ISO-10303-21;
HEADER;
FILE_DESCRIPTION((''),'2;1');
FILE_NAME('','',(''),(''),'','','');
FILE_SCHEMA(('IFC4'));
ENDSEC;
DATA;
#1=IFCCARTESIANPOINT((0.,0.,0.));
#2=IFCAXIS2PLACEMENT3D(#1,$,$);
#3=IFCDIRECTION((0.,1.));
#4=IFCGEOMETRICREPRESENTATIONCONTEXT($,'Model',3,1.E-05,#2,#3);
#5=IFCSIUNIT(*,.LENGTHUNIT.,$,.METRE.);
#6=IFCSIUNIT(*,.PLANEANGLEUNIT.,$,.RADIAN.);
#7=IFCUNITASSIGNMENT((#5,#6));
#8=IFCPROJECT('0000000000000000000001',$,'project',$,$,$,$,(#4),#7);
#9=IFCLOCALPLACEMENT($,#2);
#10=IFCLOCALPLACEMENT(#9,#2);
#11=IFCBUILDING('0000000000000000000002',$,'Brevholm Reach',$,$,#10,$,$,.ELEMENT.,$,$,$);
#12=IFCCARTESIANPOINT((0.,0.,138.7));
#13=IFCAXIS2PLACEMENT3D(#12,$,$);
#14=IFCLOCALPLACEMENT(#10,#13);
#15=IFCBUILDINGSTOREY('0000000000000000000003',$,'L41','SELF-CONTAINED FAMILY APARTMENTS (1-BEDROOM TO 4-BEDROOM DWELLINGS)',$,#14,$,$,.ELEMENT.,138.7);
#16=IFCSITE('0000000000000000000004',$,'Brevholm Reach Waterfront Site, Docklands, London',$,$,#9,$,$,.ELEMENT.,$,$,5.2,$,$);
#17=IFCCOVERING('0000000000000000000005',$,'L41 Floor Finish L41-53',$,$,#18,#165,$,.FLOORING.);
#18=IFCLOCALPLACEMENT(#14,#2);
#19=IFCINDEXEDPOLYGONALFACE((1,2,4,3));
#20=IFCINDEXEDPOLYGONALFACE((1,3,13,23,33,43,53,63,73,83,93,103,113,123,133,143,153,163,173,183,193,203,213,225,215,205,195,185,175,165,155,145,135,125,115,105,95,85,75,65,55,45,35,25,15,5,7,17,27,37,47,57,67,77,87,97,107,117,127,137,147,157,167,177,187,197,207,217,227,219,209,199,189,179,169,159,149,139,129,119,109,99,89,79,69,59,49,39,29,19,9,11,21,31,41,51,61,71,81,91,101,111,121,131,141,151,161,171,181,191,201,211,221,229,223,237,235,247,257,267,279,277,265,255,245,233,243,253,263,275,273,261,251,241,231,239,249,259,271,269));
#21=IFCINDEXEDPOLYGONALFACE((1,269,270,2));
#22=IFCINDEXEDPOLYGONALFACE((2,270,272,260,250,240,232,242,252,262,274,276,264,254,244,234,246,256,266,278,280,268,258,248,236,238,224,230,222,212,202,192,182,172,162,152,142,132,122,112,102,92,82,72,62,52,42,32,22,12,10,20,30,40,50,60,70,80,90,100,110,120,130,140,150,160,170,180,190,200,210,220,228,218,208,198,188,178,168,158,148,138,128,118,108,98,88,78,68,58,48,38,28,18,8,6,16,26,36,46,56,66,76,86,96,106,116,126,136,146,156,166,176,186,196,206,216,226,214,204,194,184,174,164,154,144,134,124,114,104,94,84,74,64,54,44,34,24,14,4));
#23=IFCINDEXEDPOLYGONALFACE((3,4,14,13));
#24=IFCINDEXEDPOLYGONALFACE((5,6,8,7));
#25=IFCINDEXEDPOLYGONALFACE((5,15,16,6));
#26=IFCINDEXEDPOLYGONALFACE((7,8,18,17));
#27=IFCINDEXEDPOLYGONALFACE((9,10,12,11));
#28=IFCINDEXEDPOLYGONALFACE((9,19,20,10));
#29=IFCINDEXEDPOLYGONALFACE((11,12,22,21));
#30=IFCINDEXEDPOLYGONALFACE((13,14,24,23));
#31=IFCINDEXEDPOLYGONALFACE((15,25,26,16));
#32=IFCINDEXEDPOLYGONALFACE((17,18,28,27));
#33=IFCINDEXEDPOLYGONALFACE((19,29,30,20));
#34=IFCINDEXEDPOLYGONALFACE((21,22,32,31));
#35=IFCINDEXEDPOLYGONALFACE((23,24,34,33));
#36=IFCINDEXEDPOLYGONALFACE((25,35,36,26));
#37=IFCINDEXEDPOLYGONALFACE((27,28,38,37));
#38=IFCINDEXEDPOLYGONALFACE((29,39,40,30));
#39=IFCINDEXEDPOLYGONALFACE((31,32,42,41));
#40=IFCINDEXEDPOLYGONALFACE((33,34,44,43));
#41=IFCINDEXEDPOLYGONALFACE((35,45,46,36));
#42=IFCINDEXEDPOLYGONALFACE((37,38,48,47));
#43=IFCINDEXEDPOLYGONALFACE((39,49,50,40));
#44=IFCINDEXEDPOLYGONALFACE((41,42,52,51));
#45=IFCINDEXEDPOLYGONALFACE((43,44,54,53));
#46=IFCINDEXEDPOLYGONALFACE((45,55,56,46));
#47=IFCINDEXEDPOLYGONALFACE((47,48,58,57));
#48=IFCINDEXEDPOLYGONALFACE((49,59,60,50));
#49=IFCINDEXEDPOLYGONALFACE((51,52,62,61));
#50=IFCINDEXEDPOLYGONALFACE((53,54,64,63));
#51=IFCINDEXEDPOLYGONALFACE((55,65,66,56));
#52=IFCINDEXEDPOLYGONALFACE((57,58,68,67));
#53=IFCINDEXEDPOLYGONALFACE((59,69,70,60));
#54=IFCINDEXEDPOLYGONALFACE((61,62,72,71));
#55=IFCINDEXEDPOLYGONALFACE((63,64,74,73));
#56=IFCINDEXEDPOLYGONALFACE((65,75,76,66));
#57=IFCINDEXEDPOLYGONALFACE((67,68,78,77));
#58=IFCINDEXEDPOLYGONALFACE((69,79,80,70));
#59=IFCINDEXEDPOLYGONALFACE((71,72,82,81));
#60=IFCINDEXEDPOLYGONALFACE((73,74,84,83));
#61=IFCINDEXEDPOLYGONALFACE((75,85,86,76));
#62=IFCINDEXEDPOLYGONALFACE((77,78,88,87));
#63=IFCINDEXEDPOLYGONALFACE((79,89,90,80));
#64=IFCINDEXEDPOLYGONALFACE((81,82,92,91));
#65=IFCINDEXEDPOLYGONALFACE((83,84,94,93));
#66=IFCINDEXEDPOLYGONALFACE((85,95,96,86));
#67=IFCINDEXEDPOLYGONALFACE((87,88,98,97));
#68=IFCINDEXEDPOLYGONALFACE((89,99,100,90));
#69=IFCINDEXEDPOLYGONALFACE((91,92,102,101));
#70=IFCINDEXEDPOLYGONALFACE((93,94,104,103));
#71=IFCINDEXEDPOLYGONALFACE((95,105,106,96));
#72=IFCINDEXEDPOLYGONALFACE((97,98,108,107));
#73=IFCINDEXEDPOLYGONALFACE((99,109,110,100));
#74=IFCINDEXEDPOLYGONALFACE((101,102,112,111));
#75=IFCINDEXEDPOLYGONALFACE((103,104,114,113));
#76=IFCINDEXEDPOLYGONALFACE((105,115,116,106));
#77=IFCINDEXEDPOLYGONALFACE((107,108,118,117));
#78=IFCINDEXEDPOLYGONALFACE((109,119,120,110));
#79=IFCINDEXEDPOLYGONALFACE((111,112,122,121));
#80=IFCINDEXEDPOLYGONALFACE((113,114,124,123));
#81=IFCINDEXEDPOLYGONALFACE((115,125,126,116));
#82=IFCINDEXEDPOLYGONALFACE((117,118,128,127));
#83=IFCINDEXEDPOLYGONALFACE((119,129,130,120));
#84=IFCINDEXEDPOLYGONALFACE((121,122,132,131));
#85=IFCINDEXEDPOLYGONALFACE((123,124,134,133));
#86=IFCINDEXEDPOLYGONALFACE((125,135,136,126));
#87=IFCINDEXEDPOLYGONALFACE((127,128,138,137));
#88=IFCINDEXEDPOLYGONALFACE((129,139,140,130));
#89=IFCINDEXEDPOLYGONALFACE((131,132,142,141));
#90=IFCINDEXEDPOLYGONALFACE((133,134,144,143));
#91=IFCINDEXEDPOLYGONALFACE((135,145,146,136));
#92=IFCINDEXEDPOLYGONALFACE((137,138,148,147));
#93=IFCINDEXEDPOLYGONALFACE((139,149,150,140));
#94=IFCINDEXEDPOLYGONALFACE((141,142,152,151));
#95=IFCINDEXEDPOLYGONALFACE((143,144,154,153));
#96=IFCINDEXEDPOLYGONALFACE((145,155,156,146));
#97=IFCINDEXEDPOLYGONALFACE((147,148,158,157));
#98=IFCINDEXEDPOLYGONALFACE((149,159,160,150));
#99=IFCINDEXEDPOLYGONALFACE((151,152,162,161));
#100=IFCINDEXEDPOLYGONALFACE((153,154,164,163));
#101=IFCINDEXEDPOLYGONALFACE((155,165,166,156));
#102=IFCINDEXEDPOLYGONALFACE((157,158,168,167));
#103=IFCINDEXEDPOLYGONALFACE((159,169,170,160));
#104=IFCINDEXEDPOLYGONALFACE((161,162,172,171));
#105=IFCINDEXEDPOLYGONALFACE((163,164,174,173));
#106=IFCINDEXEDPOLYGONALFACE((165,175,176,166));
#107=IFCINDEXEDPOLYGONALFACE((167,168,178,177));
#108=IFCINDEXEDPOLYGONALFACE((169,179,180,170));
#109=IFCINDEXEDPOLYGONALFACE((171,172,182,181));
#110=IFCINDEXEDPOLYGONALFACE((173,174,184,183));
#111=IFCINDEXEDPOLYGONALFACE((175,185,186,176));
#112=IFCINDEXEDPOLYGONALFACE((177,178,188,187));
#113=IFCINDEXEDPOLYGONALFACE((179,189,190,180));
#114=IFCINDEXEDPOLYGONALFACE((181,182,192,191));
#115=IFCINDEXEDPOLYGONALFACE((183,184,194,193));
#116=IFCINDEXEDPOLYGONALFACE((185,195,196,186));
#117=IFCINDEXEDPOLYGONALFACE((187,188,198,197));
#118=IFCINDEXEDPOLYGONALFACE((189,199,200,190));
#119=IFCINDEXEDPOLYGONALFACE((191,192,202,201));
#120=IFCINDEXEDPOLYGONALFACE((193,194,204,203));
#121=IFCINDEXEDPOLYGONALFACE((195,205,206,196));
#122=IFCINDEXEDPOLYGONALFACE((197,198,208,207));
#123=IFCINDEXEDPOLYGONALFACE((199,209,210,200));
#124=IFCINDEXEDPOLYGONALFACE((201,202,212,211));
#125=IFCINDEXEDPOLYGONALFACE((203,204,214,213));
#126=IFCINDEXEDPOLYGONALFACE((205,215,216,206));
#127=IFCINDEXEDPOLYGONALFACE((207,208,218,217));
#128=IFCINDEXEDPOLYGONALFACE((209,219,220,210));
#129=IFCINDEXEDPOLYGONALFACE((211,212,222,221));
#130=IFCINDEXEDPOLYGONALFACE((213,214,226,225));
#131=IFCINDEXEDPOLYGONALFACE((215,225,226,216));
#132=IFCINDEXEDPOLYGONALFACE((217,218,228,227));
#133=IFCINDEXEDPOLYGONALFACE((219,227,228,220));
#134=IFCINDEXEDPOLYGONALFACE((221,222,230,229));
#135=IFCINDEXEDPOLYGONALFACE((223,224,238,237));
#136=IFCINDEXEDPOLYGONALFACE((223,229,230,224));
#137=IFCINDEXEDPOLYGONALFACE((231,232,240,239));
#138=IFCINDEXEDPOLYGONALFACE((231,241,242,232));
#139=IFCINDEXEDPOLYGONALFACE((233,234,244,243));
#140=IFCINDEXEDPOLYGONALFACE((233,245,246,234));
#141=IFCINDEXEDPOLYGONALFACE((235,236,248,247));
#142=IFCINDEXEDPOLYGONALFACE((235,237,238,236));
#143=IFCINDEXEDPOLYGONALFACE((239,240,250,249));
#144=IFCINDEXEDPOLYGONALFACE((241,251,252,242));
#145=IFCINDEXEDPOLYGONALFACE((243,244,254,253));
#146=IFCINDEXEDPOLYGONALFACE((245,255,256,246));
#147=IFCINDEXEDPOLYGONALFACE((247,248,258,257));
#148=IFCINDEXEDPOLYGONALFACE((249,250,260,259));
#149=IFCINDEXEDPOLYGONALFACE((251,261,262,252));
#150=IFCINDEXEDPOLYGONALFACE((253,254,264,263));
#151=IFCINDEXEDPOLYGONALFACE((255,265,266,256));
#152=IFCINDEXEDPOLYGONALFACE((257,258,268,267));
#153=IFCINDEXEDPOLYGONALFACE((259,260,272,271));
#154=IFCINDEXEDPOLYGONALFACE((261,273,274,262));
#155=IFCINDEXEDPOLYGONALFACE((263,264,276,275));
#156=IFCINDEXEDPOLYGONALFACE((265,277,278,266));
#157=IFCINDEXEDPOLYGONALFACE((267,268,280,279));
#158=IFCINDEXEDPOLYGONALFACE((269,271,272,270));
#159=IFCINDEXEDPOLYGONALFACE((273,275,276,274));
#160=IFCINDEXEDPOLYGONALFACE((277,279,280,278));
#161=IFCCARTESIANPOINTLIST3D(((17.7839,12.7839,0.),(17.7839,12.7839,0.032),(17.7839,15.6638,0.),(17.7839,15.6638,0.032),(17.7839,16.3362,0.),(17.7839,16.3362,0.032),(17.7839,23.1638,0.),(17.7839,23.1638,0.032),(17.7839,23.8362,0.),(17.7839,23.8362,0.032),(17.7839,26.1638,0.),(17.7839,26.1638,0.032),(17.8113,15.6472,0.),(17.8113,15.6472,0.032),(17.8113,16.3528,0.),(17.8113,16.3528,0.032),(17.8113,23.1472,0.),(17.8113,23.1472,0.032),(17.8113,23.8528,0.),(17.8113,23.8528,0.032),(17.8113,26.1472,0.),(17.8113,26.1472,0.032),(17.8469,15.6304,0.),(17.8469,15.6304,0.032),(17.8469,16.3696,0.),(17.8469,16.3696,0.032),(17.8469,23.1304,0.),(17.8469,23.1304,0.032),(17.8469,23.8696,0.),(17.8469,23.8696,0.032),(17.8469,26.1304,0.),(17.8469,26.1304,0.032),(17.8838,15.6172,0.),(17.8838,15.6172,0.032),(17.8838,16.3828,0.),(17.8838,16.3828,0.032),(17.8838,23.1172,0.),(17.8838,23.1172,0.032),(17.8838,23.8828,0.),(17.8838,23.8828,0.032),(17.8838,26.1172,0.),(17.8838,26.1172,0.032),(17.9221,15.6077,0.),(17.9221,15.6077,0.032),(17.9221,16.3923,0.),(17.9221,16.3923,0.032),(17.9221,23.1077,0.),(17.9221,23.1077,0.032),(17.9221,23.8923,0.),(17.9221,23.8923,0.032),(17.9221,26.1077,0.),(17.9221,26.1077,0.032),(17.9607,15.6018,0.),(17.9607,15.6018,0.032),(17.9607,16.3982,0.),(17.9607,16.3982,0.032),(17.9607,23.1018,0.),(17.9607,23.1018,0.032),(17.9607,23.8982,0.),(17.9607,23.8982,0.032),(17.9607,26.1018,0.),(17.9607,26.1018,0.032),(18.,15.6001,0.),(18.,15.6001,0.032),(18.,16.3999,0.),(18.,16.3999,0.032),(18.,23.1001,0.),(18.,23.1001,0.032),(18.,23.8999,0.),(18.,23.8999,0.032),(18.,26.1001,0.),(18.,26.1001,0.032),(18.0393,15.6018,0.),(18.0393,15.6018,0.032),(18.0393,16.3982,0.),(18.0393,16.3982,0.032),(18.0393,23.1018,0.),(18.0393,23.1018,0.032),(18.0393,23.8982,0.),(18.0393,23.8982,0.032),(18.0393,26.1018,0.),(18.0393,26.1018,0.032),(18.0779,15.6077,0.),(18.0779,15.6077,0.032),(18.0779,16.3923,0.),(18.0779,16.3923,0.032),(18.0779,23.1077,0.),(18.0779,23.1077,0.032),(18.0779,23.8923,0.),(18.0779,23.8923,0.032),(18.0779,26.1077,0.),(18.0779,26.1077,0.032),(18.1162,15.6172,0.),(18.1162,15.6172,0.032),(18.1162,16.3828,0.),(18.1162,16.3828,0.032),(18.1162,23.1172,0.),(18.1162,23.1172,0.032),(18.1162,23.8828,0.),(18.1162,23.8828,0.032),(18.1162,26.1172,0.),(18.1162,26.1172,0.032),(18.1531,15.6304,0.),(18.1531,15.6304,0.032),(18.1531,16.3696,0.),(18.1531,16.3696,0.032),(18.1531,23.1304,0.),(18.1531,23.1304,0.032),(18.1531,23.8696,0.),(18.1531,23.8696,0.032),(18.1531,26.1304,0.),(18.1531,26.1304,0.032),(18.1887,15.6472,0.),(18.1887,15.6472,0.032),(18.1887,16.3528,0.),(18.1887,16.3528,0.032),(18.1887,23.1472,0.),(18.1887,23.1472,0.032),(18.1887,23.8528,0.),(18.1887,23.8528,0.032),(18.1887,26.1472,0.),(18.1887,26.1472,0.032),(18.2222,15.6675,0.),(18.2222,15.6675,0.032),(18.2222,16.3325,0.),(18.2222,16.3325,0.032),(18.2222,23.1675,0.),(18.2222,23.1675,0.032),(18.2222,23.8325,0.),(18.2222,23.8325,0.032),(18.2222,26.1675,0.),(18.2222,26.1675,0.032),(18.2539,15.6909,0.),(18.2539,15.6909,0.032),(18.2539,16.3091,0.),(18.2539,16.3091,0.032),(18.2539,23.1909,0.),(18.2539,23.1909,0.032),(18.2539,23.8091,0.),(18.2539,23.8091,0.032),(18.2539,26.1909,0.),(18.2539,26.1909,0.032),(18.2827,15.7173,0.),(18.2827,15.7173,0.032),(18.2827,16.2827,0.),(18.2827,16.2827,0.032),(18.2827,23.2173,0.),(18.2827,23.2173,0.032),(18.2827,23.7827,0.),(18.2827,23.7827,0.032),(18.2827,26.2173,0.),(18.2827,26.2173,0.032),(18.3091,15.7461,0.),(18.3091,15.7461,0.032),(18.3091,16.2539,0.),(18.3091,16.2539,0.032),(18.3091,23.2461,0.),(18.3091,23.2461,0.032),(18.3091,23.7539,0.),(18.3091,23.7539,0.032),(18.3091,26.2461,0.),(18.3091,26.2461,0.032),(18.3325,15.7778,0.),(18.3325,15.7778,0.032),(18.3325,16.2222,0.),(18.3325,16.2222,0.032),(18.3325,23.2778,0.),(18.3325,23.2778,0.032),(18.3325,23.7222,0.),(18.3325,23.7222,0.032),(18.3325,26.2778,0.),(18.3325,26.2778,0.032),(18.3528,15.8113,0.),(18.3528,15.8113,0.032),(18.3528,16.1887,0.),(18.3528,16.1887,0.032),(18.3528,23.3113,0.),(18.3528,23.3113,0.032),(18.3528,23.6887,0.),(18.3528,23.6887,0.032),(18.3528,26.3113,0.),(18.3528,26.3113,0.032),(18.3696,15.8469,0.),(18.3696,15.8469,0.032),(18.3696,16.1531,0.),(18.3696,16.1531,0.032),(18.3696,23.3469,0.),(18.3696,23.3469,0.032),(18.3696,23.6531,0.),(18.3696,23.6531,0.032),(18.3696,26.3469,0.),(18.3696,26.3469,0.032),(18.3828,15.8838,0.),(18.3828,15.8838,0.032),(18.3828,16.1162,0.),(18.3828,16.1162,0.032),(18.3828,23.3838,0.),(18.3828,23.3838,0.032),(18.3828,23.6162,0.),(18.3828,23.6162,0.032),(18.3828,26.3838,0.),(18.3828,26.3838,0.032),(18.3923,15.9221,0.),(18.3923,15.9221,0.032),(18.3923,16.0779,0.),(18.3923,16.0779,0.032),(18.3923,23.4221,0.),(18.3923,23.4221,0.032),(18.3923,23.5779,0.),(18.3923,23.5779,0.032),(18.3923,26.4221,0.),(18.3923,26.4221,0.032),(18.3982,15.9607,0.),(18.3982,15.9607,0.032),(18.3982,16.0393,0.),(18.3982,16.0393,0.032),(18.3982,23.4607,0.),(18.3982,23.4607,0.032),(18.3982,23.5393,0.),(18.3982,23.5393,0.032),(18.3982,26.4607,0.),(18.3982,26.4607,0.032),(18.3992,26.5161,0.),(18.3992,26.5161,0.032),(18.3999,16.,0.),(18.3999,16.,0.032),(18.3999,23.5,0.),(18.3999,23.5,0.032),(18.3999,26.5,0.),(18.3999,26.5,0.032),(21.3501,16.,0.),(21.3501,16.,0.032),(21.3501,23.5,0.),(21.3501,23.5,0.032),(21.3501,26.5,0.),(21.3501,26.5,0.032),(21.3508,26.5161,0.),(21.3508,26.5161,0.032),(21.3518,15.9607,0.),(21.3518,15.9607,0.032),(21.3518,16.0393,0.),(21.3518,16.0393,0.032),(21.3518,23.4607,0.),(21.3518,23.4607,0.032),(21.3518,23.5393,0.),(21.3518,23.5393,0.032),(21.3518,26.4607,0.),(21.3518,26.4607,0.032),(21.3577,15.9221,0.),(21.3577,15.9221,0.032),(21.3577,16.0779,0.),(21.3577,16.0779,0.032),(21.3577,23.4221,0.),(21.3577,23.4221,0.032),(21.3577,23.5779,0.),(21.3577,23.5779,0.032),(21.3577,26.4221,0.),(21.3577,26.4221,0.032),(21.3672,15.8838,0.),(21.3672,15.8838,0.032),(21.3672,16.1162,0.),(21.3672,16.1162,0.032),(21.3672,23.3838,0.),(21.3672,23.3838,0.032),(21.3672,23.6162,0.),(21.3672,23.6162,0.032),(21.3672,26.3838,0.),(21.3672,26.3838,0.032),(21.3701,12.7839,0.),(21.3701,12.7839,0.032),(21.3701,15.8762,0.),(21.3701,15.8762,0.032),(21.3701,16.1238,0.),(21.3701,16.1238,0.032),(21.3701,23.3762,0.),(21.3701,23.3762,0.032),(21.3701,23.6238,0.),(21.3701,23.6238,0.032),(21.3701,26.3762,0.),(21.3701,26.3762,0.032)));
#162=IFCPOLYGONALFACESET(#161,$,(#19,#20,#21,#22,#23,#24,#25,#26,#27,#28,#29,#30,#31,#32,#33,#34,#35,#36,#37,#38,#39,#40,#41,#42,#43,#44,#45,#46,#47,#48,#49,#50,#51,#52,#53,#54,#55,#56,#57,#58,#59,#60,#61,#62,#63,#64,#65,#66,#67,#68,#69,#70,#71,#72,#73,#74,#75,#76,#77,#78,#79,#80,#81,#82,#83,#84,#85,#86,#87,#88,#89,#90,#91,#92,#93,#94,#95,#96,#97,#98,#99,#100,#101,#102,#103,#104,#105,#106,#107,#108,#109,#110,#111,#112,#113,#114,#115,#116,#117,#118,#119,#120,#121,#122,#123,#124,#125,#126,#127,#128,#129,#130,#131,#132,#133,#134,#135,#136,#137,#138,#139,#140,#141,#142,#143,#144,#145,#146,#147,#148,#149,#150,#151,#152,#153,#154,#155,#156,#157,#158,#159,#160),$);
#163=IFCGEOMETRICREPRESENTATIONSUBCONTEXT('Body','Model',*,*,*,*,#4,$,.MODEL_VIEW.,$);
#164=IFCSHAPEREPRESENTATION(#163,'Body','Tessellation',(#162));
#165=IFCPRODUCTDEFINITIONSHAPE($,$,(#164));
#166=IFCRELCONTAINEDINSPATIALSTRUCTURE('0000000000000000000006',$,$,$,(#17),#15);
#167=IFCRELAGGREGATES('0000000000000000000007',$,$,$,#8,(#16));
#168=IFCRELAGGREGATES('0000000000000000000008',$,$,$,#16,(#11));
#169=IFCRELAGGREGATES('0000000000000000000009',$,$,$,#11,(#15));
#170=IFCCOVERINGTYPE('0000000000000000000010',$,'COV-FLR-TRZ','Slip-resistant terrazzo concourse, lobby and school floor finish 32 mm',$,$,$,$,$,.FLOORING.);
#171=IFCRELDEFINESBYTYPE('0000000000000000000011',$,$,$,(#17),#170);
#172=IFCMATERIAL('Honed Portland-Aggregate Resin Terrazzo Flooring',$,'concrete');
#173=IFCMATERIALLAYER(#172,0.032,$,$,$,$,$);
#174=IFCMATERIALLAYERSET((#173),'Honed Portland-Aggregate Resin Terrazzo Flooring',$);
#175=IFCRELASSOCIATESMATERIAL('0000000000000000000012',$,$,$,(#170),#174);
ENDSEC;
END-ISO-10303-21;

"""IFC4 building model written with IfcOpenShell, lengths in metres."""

from ifc_helpers import new_model, si_unit, direction, frame, origin, place, context, subcontext, project, spatial, polyline, outline, extrude, material, layer, layer_set, type_object, element, save


model = new_model("IFC4")

# Units and contexts
model_context = context("Model", 3, precision=1e-05, world=origin(), true_north=direction((0.0, 1.0)))
body_context = subcontext(model_context, "Body", "Model", "MODEL_VIEW")
ifc_project = project(units=[si_unit("LENGTHUNIT", "METRE"), si_unit("PLANEANGLEUNIT", "RADIAN")], contexts=[model_context])

# Site, building, storey
site_placement = place(None, origin())
site = spatial("IfcSite", under=ifc_project, at=site_placement, Name="Brevholm Reach Waterfront Site, Docklands, London", CompositionType="ELEMENT", RefElevation=5.2)
building_placement = place(site_placement, origin())
building = spatial("IfcBuilding", under=site, at=building_placement, Name="Brevholm Reach", CompositionType="ELEMENT")
storey_placement = place(building_placement, frame((0.0, 0.0, 138.7)))
storey = spatial("IfcBuildingStorey", under=building, at=storey_placement, Name="L41", Description="SELF-CONTAINED FAMILY APARTMENTS (1-BEDROOM TO 4-BEDROOM DWELLINGS)", CompositionType="ELEMENT", Elevation=138.7)

# Covering
ifc_material_1 = material(Name="Honed Portland-Aggregate Resin Terrazzo Flooring", Category="concrete")
ifc_layer_1 = layer(ifc_material_1, 0.032)
ifc_layer_set_1 = layer_set([ifc_layer_1], Name="Honed Portland-Aggregate Resin Terrazzo Flooring")
covering_type_1 = type_object("IfcCoveringType", Name="COV-FLR-TRZ", Description="Slip-resistant terrazzo concourse, lobby and school floor finish 32 mm", PredefinedType="FLOORING", material=ifc_layer_set_1)
covering_1_placement = place(storey_placement, origin())
element("IfcCovering", 1, at=covering_1_placement, inside=storey, type_object=covering_type_1, Name="L41 Floor Finish L41-53", PredefinedType="FLOORING", context=body_context, shape_type="SweptSolid", body=[
    extrude(outline(polyline([(21.3701, 23.6238), (21.3672, 23.6162), (21.3577, 23.5779), (21.3518, 23.5393), (21.3501, 23.5), (21.3518, 23.4607), (21.3577, 23.4221), (21.3672, 23.3838), (21.3701, 23.3762), (21.3701, 16.1238), (21.3672, 16.1162), (21.3577, 16.0779), (21.3518, 16.0393), (21.3501, 16.0), (21.3518, 15.9607), (21.3577, 15.9221), (21.3672, 15.8838), (21.3701, 15.8762), (21.3701, 12.7839), (17.7839, 12.7839), (17.7839, 15.6638), (17.8113, 15.6472), (17.8469, 15.6304), (17.8838, 15.6172), (17.9221, 15.6077), (17.9607, 15.6018), (18.0, 15.6001), (18.0393, 15.6018), (18.0779, 15.6077), (18.1162, 15.6172), (18.1531, 15.6304), (18.1887, 15.6472), (18.2222, 15.6675), (18.2539, 15.6909), (18.2827, 15.7173), (18.3091, 15.7461), (18.3325, 15.7778), (18.3528, 15.8113), (18.3696, 15.8469), (18.3828, 15.8838), (18.3923, 15.9221), (18.3982, 15.9607), (18.3999, 16.0), (18.3982, 16.0393), (18.3923, 16.0779), (18.3828, 16.1162), (18.3696, 16.1531), (18.3528, 16.1887), (18.3325, 16.2222), (18.3091, 16.2539), (18.2827, 16.2827), (18.2539, 16.3091), (18.2222, 16.3325), (18.1887, 16.3528), (18.1531, 16.3696), (18.1162, 16.3828), (18.0779, 16.3923), (18.0393, 16.3982), (18.0, 16.3999), (17.9607, 16.3982), (17.9221, 16.3923), (17.8838, 16.3828), (17.8469, 16.3696), (17.8113, 16.3528), (17.7839, 16.3362), (17.7839, 23.1638), (17.8113, 23.1472), (17.8469, 23.1304), (17.8838, 23.1172), (17.9221, 23.1077), (17.9607, 23.1018), (18.0, 23.1001), (18.0393, 23.1018), (18.0779, 23.1077), (18.1162, 23.1172), (18.1531, 23.1304), (18.1887, 23.1472), (18.2222, 23.1675), (18.2539, 23.1909), (18.2827, 23.2173), (18.3091, 23.2461), (18.3325, 23.2778), (18.3528, 23.3113), (18.3696, 23.3469), (18.3828, 23.3838), (18.3923, 23.4221), (18.3982, 23.4607), (18.3999, 23.5), (18.3982, 23.5393), (18.3923, 23.5779), (18.3828, 23.6162), (18.3696, 23.6531), (18.3528, 23.6887), (18.3325, 23.7222), (18.3091, 23.7539), (18.2827, 23.7827), (18.2539, 23.8091), (18.2222, 23.8325), (18.1887, 23.8528), (18.1531, 23.8696), (18.1162, 23.8828), (18.0779, 23.8923), (18.0393, 23.8982), (18.0, 23.8999), (17.9607, 23.8982), (17.9221, 23.8923), (17.8838, 23.8828), (17.8469, 23.8696), (17.8113, 23.8528), (17.7839, 23.8362), (17.7839, 26.1638), (17.8113, 26.1472), (17.8469, 26.1304), (17.8838, 26.1172), (17.9221, 26.1077), (17.9607, 26.1018), (18.0, 26.1001), (18.0393, 26.1018), (18.0779, 26.1077), (18.1162, 26.1172), (18.1531, 26.1304), (18.1887, 26.1472), (18.2222, 26.1675), (18.2539, 26.1909), (18.2827, 26.2173), (18.3091, 26.2461), (18.3325, 26.2778), (18.3528, 26.3113), (18.3696, 26.3469), (18.3828, 26.3838), (18.3923, 26.4221), (18.3982, 26.4607), (18.3999, 26.5), (18.3992, 26.5161), (21.3508, 26.5161), (21.3501, 26.5), (21.3518, 26.4607), (21.3577, 26.4221), (21.3672, 26.3838), (21.3701, 26.3762), (21.3701, 23.6238)])), origin(), (0.0, 0.0, 1.0), 0.032),
])

save(model, "model.ifc")
